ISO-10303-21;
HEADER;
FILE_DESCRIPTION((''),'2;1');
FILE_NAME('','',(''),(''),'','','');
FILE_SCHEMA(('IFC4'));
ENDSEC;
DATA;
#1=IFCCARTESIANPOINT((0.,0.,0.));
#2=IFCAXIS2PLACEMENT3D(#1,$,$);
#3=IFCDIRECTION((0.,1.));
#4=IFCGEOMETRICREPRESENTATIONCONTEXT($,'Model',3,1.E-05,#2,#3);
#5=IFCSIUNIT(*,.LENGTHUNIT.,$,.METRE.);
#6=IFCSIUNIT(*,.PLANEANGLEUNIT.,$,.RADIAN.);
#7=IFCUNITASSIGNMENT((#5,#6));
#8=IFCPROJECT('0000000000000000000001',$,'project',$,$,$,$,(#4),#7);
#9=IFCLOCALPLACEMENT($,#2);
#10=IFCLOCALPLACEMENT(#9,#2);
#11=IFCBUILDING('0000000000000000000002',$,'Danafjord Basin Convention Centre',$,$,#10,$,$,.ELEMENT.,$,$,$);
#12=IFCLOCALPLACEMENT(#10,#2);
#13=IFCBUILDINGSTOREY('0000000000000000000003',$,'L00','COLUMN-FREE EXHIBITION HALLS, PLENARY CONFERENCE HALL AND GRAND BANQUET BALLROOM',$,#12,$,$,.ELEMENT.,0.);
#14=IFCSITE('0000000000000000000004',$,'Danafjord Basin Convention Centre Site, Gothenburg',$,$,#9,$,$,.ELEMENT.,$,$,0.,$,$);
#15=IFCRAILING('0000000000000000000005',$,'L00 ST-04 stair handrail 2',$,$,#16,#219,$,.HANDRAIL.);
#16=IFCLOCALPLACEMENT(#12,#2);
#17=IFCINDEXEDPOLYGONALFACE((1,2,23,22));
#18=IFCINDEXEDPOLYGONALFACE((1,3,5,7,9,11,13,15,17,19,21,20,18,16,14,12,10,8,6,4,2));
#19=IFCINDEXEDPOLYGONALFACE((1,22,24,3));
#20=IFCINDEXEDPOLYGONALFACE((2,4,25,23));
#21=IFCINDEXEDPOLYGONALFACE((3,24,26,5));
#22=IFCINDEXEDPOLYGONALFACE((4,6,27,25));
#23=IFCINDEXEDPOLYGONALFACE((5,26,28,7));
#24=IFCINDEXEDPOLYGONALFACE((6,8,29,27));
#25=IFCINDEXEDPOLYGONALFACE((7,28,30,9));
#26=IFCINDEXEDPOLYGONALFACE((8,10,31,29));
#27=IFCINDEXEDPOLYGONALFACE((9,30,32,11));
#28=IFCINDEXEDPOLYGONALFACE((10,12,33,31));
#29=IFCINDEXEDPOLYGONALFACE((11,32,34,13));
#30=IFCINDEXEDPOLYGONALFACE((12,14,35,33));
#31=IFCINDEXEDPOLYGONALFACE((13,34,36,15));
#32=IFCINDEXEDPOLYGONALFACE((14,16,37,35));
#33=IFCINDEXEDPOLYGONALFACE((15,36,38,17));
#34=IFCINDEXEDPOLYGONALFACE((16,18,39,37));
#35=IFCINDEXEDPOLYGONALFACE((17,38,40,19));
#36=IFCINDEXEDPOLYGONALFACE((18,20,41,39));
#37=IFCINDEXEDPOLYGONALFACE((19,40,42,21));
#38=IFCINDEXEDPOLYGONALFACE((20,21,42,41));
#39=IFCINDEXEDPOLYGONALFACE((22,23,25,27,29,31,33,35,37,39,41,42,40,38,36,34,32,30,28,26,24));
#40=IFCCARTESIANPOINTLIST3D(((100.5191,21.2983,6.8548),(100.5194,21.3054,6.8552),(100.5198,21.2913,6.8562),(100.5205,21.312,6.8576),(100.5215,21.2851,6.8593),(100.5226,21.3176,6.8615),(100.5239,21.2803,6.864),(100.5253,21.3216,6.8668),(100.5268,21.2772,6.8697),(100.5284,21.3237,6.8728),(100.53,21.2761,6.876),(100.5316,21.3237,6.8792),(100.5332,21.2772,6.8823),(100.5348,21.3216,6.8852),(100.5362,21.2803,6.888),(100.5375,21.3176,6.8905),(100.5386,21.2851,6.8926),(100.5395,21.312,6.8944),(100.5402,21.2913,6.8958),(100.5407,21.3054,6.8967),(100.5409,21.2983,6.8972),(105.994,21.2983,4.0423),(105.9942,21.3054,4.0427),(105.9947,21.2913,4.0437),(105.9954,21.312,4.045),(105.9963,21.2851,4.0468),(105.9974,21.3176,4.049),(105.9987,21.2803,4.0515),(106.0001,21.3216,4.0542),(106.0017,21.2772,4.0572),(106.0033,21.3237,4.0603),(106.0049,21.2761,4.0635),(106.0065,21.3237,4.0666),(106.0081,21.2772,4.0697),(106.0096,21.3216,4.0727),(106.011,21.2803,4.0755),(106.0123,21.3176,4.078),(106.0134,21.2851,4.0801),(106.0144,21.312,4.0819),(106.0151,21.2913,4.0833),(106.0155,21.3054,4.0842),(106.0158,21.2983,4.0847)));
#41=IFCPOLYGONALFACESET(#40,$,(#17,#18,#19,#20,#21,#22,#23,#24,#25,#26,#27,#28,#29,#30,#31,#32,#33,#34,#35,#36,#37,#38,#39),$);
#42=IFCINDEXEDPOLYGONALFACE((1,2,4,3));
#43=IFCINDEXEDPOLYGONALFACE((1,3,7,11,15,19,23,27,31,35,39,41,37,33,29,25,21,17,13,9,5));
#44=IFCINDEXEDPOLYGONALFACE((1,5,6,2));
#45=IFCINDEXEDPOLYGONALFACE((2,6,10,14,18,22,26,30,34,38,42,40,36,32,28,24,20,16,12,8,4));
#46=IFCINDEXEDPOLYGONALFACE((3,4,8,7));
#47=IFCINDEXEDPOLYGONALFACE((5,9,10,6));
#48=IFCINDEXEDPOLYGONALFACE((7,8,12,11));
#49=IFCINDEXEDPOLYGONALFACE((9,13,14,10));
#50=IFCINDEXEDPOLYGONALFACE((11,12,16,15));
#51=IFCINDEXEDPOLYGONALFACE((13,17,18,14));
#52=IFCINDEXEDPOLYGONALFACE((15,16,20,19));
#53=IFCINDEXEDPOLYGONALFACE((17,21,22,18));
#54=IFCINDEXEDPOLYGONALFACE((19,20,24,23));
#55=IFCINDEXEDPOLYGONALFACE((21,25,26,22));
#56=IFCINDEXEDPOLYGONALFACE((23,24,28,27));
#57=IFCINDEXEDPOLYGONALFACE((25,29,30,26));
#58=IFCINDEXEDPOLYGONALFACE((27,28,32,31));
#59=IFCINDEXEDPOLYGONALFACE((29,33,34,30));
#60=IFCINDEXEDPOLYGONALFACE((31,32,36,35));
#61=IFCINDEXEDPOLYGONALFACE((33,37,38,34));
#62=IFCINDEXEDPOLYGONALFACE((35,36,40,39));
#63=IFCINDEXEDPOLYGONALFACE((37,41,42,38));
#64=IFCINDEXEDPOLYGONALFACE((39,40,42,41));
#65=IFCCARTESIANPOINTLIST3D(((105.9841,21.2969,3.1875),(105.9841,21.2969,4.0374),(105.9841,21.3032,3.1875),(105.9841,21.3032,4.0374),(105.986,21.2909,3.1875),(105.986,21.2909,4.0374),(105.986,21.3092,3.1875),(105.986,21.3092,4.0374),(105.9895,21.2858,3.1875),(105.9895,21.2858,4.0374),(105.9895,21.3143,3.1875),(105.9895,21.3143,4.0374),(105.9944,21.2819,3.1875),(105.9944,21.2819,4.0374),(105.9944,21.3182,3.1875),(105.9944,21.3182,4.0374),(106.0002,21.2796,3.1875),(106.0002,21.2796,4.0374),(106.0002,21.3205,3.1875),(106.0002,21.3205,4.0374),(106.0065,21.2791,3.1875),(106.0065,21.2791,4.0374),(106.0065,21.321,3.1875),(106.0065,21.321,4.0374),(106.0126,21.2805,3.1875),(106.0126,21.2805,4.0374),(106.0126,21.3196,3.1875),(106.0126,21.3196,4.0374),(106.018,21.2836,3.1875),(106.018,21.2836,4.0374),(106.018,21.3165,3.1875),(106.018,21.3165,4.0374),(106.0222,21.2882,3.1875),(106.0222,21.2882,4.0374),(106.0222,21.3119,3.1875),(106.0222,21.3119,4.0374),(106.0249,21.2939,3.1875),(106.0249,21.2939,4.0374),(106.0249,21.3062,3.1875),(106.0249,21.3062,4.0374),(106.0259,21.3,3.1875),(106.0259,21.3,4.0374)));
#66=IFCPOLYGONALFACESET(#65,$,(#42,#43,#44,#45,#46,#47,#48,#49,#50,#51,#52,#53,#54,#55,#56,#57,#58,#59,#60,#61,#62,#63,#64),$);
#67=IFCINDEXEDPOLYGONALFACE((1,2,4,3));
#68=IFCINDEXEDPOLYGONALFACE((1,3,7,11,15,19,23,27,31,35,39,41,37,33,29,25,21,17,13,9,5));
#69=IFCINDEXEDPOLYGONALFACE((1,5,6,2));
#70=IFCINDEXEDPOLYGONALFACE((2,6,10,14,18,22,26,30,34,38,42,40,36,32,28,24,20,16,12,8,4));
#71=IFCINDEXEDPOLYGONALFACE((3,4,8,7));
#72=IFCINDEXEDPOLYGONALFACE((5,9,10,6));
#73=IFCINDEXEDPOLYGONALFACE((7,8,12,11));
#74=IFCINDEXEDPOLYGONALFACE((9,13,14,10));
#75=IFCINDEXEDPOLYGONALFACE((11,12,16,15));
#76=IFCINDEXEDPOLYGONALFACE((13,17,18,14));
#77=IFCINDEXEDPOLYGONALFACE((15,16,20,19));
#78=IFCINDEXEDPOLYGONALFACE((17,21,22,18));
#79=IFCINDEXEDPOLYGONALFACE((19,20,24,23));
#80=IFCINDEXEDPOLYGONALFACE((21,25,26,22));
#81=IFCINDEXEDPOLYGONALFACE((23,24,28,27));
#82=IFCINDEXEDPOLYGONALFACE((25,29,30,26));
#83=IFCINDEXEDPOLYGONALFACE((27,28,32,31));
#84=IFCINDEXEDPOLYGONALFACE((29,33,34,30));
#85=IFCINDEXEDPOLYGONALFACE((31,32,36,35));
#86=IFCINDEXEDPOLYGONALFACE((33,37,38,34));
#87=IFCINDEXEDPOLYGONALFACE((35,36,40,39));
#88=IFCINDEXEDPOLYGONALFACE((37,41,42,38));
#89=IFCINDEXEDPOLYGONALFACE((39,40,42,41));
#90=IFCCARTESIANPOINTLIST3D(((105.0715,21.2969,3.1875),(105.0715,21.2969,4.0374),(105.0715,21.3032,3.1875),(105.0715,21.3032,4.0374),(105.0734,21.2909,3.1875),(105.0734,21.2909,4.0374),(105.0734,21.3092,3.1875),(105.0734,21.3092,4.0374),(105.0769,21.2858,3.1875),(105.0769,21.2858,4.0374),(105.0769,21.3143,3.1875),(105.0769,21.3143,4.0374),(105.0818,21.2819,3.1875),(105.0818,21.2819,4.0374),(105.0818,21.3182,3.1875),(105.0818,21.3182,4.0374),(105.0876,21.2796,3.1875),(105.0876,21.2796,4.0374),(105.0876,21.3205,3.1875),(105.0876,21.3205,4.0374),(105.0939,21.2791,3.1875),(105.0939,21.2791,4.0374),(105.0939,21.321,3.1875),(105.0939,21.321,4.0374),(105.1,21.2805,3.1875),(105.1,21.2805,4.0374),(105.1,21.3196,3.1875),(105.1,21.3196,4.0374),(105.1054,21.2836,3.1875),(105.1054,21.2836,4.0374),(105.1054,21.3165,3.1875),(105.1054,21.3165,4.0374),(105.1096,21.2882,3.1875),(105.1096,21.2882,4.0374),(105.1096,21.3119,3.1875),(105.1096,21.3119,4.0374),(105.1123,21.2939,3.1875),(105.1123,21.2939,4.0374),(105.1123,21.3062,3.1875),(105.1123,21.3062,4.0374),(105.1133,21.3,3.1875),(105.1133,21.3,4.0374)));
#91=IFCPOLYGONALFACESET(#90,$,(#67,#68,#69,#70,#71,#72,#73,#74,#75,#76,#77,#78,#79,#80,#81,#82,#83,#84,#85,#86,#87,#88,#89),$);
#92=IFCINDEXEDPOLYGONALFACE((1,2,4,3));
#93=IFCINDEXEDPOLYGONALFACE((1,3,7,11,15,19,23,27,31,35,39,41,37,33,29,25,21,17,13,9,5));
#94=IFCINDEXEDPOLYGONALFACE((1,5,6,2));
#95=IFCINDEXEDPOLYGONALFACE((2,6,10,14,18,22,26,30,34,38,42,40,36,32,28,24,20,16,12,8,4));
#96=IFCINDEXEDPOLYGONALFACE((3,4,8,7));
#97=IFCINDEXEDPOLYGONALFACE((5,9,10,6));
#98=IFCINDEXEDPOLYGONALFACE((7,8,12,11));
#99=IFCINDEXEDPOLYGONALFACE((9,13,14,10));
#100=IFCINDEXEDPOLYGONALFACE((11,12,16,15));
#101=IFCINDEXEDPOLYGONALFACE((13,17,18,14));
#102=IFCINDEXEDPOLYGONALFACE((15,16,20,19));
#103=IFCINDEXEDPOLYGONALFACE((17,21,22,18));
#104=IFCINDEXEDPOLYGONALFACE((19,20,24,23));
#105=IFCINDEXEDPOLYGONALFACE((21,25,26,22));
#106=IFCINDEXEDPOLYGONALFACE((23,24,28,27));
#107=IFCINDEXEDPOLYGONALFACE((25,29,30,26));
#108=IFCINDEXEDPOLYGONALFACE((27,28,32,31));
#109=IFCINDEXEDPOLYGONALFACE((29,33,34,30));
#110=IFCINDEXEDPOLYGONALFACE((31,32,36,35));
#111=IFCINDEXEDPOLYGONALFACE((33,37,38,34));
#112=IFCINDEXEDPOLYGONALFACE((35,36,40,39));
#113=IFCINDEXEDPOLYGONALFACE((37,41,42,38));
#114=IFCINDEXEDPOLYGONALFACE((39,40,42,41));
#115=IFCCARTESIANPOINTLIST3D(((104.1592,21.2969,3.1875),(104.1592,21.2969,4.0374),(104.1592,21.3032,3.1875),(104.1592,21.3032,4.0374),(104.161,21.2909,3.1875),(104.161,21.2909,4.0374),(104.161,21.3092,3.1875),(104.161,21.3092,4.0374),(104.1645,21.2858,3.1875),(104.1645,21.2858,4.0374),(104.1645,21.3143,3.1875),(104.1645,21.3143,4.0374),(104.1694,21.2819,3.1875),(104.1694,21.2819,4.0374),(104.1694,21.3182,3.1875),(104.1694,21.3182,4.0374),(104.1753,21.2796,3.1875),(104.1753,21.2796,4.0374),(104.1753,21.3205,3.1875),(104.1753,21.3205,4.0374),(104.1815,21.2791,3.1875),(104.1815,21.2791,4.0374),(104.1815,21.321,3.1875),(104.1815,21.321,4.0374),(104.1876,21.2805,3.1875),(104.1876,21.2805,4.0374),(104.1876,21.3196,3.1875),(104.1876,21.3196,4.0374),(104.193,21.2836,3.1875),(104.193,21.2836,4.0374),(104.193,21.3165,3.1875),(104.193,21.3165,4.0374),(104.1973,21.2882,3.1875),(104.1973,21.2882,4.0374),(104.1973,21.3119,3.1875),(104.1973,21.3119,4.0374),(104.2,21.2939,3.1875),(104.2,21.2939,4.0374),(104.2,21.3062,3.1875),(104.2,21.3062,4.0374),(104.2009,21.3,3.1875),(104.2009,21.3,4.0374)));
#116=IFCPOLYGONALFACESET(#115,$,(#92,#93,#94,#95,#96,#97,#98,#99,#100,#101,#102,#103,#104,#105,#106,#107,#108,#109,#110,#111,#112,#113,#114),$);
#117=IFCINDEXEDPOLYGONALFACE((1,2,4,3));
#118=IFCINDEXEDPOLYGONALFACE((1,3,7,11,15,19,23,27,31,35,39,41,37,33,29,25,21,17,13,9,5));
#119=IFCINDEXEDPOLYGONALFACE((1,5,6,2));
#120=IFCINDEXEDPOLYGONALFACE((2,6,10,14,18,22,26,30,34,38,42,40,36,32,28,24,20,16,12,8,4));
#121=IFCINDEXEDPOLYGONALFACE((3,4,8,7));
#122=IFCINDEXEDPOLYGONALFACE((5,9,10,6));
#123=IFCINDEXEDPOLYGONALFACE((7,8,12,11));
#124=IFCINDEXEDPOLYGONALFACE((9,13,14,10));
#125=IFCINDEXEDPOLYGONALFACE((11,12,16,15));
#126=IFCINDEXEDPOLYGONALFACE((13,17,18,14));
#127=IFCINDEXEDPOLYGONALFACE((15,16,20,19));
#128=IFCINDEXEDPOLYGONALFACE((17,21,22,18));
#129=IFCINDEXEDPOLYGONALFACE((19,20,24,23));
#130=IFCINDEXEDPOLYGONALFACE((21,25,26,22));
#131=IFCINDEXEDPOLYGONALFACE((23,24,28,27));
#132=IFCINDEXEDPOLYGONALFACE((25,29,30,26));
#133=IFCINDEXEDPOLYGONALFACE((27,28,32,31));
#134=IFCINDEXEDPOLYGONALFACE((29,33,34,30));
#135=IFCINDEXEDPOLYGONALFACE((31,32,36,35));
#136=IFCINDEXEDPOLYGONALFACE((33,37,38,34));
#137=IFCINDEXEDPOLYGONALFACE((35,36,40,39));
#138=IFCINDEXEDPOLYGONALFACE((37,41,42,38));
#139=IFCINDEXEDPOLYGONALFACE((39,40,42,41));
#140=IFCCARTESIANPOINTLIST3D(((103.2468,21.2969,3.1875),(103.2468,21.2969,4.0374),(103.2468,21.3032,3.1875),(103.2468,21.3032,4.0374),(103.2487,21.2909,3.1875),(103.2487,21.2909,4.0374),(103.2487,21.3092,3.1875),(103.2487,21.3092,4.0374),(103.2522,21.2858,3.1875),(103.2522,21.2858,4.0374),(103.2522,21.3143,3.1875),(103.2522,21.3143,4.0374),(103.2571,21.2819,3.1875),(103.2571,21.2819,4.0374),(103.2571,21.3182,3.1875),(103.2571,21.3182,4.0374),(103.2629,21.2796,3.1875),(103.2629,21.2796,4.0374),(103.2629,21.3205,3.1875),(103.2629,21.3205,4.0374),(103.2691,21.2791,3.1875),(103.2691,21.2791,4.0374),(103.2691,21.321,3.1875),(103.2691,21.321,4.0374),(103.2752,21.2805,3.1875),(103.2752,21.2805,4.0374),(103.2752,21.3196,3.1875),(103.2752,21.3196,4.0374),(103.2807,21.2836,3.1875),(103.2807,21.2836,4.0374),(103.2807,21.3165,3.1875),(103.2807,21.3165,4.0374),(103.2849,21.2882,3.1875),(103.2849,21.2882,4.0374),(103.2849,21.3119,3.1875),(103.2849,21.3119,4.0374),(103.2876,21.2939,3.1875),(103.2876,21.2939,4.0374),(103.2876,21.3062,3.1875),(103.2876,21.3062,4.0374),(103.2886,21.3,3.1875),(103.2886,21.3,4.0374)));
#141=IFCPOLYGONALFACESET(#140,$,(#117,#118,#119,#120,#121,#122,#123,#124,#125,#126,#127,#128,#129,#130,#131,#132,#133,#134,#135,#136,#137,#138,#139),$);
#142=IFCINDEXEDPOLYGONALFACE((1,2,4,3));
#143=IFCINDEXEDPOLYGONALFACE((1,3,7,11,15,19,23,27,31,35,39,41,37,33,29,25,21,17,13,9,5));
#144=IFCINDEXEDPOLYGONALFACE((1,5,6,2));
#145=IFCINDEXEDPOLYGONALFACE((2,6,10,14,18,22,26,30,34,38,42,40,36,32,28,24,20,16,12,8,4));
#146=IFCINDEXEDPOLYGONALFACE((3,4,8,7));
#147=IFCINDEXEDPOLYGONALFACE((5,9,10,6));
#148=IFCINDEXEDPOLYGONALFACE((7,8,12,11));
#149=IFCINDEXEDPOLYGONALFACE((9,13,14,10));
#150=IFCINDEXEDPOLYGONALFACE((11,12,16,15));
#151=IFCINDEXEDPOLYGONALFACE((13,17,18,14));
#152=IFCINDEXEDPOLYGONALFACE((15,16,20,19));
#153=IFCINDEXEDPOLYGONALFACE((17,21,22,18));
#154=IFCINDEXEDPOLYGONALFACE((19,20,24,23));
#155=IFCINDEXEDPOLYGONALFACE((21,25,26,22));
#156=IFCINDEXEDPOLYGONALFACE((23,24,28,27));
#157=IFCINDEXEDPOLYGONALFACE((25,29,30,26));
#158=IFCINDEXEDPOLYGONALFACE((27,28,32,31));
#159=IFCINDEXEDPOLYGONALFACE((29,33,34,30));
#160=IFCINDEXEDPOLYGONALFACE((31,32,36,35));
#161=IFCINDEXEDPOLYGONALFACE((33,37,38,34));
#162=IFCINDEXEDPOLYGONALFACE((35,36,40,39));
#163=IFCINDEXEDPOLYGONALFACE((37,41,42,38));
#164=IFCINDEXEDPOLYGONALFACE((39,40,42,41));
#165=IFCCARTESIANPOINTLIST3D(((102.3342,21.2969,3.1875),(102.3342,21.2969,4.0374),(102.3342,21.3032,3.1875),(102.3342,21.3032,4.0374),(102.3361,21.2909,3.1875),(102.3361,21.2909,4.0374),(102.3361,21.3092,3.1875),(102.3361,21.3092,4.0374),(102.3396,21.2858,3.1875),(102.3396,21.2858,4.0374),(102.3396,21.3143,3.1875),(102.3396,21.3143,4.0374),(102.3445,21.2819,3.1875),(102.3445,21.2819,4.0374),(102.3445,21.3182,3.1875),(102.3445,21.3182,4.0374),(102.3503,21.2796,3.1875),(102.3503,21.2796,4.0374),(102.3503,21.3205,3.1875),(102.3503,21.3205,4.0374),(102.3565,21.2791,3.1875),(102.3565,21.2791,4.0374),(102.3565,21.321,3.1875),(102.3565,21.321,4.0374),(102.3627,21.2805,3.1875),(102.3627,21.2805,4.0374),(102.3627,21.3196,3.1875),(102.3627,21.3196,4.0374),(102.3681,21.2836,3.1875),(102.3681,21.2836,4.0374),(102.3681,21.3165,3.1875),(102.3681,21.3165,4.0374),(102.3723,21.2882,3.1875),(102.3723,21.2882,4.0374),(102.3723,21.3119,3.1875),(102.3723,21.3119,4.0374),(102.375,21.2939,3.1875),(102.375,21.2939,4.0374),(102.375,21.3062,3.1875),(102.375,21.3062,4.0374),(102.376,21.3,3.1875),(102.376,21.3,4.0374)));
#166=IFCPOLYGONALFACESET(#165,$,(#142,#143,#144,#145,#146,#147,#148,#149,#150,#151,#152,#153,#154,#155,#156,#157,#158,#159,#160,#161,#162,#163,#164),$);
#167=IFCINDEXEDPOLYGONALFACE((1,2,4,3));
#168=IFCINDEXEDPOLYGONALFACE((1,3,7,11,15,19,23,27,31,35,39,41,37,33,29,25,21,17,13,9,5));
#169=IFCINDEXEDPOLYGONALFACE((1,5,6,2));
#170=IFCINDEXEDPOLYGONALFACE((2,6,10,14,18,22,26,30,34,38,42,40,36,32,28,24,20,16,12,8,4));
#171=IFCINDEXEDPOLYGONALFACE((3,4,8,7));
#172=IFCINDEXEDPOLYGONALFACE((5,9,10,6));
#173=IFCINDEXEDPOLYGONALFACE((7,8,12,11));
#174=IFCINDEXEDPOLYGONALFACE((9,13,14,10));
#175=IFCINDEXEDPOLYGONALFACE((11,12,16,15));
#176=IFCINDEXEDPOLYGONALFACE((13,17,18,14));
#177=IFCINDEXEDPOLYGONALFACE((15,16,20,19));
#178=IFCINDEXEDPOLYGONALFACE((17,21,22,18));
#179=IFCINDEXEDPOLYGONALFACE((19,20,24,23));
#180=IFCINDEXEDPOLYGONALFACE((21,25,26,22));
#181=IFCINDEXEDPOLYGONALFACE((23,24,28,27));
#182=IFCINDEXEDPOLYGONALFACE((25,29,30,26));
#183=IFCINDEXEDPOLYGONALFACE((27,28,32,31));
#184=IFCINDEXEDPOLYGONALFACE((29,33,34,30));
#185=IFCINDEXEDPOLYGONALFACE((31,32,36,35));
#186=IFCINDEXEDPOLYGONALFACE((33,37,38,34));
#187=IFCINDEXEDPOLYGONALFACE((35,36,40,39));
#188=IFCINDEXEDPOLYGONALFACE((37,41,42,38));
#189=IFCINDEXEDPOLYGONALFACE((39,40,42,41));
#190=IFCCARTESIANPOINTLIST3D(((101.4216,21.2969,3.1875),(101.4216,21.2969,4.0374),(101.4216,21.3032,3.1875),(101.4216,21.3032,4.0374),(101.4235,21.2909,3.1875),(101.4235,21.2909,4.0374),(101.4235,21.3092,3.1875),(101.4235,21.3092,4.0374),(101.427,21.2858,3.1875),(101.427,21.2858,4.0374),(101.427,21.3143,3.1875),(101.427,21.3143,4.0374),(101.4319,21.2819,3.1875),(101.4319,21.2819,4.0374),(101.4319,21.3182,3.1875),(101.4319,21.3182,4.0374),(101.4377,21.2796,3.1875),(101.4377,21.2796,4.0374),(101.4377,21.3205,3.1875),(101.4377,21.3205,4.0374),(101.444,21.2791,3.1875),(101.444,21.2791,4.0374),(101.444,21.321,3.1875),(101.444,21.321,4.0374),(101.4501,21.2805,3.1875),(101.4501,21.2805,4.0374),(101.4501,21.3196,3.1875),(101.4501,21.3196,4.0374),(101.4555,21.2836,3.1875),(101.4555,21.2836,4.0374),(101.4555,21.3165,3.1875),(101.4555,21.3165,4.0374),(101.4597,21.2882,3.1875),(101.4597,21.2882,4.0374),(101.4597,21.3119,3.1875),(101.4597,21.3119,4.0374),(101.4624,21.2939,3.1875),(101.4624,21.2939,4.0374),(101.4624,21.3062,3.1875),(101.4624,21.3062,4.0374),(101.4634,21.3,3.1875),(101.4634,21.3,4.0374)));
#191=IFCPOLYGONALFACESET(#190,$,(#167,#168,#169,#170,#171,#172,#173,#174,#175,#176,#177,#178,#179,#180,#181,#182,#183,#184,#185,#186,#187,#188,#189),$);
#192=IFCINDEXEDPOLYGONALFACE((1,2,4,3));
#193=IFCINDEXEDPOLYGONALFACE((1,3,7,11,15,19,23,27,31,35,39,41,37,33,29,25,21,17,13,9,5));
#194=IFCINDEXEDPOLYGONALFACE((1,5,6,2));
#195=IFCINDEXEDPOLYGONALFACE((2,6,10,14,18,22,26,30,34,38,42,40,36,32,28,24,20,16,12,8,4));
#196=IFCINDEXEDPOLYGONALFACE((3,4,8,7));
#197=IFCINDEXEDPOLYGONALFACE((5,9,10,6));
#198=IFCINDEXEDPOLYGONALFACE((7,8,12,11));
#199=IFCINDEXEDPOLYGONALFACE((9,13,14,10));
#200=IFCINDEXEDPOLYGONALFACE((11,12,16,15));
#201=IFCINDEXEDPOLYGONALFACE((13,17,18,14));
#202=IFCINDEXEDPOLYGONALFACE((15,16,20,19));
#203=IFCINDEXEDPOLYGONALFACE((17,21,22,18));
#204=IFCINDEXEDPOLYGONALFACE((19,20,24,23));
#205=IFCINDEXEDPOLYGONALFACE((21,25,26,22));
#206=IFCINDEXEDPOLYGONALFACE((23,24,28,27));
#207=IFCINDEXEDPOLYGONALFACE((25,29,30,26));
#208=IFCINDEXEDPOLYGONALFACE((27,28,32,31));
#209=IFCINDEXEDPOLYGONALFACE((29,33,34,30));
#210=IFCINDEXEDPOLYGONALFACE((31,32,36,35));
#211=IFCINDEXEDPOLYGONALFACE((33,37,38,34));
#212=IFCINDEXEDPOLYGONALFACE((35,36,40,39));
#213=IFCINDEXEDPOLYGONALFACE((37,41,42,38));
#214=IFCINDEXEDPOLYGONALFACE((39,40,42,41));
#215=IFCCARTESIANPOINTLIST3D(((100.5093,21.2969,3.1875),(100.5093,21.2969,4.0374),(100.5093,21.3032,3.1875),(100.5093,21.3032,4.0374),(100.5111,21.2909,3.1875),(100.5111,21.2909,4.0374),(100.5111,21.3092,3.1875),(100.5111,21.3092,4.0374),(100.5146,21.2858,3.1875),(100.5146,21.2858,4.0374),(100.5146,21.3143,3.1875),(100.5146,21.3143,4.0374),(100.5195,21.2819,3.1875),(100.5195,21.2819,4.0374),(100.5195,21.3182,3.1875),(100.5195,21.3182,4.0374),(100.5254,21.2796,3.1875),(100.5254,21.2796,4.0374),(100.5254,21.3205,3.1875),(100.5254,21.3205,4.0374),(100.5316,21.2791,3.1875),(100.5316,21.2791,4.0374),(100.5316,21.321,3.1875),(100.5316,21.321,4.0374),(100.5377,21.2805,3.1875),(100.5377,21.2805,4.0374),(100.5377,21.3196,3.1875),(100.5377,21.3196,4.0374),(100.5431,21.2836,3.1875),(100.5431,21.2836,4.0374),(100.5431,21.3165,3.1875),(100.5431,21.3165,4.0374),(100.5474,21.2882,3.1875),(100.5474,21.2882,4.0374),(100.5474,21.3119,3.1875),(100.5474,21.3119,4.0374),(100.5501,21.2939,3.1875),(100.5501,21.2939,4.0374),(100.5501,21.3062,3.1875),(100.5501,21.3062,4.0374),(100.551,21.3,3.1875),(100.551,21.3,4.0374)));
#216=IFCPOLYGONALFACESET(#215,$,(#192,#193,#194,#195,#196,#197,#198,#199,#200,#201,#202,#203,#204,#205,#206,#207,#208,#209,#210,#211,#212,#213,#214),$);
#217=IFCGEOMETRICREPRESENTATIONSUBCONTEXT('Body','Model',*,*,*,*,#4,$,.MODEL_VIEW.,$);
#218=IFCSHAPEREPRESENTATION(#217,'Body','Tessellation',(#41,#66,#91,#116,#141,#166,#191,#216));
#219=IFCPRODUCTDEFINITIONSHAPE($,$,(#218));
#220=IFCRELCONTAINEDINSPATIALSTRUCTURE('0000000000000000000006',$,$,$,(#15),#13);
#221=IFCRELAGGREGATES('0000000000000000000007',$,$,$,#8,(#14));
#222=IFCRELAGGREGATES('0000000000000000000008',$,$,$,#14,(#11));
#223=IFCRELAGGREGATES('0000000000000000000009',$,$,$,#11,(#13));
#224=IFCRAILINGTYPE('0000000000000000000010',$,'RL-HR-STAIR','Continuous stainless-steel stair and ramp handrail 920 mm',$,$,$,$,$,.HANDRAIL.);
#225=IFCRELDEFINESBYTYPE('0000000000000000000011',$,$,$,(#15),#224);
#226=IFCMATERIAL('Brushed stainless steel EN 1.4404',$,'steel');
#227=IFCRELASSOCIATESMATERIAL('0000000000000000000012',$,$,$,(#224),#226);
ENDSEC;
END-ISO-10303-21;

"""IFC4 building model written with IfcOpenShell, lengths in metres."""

from ifc_helpers import new_model, si_unit, direction, frame, origin, origin_2d, place, context, subcontext, project, spatial, circle, extrude, material, type_object, element, save


model = new_model("IFC4")

# Units and contexts
model_context = context("Model", 3, precision=1e-05, world=origin(), true_north=direction((0.0, 1.0)))
body_context = subcontext(model_context, "Body", "Model", "MODEL_VIEW")
ifc_project = project(units=[si_unit("LENGTHUNIT", "METRE"), si_unit("PLANEANGLEUNIT", "RADIAN")], contexts=[model_context])

# Site, building, storey
site_placement = place(None, origin())
site = spatial("IfcSite", under=ifc_project, at=site_placement, Name="Danafjord Basin Convention Centre Site, Gothenburg", CompositionType="ELEMENT", RefElevation=0.0)
building_placement = place(site_placement, origin())
building = spatial("IfcBuilding", under=site, at=building_placement, Name="Danafjord Basin Convention Centre", CompositionType="ELEMENT")
storey_placement = place(building_placement, origin())
storey = spatial("IfcBuildingStorey", under=building, at=storey_placement, Name="L00", Description="COLUMN-FREE EXHIBITION HALLS, PLENARY CONFERENCE HALL AND GRAND BANQUET BALLROOM", CompositionType="ELEMENT", Elevation=0.0)

# Railing
ifc_material_1 = material(Name="Brushed stainless steel EN 1.4404", Category="steel")
railing_type_1 = type_object("IfcRailingType", Name="RL-HR-STAIR", Description="Continuous stainless-steel stair and ramp handrail 920 mm", PredefinedType="HANDRAIL", material=ifc_material_1)
railing_1_placement = place(storey_placement, frame((106.0049, 21.3, 3.1875)))
element("IfcRailing", 1, at=railing_1_placement, inside=storey, type_object=railing_type_1, Name="L00 ST-04 stair handrail 2", PredefinedType="HANDRAIL", context=body_context, shape_type="SweptSolid", body=[
    extrude(circle(Radius=0.0239, at=origin_2d()), frame((0.0, 0.0, 0.876), z_axis=(-0.889495, 0.0, 0.456945), x_axis=(0.0, -1.0, 0.0)), (0.0, 0.0, 1.0), 6.155),
    extrude(circle(Radius=0.021, at=origin_2d()), origin(), (0.0, 0.0, 1.0), 0.8499),
    extrude(circle(Radius=0.021, at=origin_2d()), frame((-0.9126, 0.0, 0.0)), (0.0, 0.0, 1.0), 0.8499),
    extrude(circle(Radius=0.021, at=origin_2d()), frame((-1.825, 0.0, 0.0)), (0.0, 0.0, 1.0), 0.8499),
    extrude(circle(Radius=0.021, at=origin_2d()), frame((-2.7373, 0.0, 0.0)), (0.0, 0.0, 1.0), 0.8499),
    extrude(circle(Radius=0.021, at=origin_2d()), frame((-3.6499, 0.0, 0.0)), (0.0, 0.0, 1.0), 0.8499),
    extrude(circle(Radius=0.021, at=origin_2d()), frame((-4.5625, 0.0, 0.0)), (0.0, 0.0, 1.0), 0.8499),
    extrude(circle(Radius=0.021, at=origin_2d()), frame((-5.4749, 0.0, 0.0)), (0.0, 0.0, 1.0), 0.8499),
])

save(model, "model.ifc")
